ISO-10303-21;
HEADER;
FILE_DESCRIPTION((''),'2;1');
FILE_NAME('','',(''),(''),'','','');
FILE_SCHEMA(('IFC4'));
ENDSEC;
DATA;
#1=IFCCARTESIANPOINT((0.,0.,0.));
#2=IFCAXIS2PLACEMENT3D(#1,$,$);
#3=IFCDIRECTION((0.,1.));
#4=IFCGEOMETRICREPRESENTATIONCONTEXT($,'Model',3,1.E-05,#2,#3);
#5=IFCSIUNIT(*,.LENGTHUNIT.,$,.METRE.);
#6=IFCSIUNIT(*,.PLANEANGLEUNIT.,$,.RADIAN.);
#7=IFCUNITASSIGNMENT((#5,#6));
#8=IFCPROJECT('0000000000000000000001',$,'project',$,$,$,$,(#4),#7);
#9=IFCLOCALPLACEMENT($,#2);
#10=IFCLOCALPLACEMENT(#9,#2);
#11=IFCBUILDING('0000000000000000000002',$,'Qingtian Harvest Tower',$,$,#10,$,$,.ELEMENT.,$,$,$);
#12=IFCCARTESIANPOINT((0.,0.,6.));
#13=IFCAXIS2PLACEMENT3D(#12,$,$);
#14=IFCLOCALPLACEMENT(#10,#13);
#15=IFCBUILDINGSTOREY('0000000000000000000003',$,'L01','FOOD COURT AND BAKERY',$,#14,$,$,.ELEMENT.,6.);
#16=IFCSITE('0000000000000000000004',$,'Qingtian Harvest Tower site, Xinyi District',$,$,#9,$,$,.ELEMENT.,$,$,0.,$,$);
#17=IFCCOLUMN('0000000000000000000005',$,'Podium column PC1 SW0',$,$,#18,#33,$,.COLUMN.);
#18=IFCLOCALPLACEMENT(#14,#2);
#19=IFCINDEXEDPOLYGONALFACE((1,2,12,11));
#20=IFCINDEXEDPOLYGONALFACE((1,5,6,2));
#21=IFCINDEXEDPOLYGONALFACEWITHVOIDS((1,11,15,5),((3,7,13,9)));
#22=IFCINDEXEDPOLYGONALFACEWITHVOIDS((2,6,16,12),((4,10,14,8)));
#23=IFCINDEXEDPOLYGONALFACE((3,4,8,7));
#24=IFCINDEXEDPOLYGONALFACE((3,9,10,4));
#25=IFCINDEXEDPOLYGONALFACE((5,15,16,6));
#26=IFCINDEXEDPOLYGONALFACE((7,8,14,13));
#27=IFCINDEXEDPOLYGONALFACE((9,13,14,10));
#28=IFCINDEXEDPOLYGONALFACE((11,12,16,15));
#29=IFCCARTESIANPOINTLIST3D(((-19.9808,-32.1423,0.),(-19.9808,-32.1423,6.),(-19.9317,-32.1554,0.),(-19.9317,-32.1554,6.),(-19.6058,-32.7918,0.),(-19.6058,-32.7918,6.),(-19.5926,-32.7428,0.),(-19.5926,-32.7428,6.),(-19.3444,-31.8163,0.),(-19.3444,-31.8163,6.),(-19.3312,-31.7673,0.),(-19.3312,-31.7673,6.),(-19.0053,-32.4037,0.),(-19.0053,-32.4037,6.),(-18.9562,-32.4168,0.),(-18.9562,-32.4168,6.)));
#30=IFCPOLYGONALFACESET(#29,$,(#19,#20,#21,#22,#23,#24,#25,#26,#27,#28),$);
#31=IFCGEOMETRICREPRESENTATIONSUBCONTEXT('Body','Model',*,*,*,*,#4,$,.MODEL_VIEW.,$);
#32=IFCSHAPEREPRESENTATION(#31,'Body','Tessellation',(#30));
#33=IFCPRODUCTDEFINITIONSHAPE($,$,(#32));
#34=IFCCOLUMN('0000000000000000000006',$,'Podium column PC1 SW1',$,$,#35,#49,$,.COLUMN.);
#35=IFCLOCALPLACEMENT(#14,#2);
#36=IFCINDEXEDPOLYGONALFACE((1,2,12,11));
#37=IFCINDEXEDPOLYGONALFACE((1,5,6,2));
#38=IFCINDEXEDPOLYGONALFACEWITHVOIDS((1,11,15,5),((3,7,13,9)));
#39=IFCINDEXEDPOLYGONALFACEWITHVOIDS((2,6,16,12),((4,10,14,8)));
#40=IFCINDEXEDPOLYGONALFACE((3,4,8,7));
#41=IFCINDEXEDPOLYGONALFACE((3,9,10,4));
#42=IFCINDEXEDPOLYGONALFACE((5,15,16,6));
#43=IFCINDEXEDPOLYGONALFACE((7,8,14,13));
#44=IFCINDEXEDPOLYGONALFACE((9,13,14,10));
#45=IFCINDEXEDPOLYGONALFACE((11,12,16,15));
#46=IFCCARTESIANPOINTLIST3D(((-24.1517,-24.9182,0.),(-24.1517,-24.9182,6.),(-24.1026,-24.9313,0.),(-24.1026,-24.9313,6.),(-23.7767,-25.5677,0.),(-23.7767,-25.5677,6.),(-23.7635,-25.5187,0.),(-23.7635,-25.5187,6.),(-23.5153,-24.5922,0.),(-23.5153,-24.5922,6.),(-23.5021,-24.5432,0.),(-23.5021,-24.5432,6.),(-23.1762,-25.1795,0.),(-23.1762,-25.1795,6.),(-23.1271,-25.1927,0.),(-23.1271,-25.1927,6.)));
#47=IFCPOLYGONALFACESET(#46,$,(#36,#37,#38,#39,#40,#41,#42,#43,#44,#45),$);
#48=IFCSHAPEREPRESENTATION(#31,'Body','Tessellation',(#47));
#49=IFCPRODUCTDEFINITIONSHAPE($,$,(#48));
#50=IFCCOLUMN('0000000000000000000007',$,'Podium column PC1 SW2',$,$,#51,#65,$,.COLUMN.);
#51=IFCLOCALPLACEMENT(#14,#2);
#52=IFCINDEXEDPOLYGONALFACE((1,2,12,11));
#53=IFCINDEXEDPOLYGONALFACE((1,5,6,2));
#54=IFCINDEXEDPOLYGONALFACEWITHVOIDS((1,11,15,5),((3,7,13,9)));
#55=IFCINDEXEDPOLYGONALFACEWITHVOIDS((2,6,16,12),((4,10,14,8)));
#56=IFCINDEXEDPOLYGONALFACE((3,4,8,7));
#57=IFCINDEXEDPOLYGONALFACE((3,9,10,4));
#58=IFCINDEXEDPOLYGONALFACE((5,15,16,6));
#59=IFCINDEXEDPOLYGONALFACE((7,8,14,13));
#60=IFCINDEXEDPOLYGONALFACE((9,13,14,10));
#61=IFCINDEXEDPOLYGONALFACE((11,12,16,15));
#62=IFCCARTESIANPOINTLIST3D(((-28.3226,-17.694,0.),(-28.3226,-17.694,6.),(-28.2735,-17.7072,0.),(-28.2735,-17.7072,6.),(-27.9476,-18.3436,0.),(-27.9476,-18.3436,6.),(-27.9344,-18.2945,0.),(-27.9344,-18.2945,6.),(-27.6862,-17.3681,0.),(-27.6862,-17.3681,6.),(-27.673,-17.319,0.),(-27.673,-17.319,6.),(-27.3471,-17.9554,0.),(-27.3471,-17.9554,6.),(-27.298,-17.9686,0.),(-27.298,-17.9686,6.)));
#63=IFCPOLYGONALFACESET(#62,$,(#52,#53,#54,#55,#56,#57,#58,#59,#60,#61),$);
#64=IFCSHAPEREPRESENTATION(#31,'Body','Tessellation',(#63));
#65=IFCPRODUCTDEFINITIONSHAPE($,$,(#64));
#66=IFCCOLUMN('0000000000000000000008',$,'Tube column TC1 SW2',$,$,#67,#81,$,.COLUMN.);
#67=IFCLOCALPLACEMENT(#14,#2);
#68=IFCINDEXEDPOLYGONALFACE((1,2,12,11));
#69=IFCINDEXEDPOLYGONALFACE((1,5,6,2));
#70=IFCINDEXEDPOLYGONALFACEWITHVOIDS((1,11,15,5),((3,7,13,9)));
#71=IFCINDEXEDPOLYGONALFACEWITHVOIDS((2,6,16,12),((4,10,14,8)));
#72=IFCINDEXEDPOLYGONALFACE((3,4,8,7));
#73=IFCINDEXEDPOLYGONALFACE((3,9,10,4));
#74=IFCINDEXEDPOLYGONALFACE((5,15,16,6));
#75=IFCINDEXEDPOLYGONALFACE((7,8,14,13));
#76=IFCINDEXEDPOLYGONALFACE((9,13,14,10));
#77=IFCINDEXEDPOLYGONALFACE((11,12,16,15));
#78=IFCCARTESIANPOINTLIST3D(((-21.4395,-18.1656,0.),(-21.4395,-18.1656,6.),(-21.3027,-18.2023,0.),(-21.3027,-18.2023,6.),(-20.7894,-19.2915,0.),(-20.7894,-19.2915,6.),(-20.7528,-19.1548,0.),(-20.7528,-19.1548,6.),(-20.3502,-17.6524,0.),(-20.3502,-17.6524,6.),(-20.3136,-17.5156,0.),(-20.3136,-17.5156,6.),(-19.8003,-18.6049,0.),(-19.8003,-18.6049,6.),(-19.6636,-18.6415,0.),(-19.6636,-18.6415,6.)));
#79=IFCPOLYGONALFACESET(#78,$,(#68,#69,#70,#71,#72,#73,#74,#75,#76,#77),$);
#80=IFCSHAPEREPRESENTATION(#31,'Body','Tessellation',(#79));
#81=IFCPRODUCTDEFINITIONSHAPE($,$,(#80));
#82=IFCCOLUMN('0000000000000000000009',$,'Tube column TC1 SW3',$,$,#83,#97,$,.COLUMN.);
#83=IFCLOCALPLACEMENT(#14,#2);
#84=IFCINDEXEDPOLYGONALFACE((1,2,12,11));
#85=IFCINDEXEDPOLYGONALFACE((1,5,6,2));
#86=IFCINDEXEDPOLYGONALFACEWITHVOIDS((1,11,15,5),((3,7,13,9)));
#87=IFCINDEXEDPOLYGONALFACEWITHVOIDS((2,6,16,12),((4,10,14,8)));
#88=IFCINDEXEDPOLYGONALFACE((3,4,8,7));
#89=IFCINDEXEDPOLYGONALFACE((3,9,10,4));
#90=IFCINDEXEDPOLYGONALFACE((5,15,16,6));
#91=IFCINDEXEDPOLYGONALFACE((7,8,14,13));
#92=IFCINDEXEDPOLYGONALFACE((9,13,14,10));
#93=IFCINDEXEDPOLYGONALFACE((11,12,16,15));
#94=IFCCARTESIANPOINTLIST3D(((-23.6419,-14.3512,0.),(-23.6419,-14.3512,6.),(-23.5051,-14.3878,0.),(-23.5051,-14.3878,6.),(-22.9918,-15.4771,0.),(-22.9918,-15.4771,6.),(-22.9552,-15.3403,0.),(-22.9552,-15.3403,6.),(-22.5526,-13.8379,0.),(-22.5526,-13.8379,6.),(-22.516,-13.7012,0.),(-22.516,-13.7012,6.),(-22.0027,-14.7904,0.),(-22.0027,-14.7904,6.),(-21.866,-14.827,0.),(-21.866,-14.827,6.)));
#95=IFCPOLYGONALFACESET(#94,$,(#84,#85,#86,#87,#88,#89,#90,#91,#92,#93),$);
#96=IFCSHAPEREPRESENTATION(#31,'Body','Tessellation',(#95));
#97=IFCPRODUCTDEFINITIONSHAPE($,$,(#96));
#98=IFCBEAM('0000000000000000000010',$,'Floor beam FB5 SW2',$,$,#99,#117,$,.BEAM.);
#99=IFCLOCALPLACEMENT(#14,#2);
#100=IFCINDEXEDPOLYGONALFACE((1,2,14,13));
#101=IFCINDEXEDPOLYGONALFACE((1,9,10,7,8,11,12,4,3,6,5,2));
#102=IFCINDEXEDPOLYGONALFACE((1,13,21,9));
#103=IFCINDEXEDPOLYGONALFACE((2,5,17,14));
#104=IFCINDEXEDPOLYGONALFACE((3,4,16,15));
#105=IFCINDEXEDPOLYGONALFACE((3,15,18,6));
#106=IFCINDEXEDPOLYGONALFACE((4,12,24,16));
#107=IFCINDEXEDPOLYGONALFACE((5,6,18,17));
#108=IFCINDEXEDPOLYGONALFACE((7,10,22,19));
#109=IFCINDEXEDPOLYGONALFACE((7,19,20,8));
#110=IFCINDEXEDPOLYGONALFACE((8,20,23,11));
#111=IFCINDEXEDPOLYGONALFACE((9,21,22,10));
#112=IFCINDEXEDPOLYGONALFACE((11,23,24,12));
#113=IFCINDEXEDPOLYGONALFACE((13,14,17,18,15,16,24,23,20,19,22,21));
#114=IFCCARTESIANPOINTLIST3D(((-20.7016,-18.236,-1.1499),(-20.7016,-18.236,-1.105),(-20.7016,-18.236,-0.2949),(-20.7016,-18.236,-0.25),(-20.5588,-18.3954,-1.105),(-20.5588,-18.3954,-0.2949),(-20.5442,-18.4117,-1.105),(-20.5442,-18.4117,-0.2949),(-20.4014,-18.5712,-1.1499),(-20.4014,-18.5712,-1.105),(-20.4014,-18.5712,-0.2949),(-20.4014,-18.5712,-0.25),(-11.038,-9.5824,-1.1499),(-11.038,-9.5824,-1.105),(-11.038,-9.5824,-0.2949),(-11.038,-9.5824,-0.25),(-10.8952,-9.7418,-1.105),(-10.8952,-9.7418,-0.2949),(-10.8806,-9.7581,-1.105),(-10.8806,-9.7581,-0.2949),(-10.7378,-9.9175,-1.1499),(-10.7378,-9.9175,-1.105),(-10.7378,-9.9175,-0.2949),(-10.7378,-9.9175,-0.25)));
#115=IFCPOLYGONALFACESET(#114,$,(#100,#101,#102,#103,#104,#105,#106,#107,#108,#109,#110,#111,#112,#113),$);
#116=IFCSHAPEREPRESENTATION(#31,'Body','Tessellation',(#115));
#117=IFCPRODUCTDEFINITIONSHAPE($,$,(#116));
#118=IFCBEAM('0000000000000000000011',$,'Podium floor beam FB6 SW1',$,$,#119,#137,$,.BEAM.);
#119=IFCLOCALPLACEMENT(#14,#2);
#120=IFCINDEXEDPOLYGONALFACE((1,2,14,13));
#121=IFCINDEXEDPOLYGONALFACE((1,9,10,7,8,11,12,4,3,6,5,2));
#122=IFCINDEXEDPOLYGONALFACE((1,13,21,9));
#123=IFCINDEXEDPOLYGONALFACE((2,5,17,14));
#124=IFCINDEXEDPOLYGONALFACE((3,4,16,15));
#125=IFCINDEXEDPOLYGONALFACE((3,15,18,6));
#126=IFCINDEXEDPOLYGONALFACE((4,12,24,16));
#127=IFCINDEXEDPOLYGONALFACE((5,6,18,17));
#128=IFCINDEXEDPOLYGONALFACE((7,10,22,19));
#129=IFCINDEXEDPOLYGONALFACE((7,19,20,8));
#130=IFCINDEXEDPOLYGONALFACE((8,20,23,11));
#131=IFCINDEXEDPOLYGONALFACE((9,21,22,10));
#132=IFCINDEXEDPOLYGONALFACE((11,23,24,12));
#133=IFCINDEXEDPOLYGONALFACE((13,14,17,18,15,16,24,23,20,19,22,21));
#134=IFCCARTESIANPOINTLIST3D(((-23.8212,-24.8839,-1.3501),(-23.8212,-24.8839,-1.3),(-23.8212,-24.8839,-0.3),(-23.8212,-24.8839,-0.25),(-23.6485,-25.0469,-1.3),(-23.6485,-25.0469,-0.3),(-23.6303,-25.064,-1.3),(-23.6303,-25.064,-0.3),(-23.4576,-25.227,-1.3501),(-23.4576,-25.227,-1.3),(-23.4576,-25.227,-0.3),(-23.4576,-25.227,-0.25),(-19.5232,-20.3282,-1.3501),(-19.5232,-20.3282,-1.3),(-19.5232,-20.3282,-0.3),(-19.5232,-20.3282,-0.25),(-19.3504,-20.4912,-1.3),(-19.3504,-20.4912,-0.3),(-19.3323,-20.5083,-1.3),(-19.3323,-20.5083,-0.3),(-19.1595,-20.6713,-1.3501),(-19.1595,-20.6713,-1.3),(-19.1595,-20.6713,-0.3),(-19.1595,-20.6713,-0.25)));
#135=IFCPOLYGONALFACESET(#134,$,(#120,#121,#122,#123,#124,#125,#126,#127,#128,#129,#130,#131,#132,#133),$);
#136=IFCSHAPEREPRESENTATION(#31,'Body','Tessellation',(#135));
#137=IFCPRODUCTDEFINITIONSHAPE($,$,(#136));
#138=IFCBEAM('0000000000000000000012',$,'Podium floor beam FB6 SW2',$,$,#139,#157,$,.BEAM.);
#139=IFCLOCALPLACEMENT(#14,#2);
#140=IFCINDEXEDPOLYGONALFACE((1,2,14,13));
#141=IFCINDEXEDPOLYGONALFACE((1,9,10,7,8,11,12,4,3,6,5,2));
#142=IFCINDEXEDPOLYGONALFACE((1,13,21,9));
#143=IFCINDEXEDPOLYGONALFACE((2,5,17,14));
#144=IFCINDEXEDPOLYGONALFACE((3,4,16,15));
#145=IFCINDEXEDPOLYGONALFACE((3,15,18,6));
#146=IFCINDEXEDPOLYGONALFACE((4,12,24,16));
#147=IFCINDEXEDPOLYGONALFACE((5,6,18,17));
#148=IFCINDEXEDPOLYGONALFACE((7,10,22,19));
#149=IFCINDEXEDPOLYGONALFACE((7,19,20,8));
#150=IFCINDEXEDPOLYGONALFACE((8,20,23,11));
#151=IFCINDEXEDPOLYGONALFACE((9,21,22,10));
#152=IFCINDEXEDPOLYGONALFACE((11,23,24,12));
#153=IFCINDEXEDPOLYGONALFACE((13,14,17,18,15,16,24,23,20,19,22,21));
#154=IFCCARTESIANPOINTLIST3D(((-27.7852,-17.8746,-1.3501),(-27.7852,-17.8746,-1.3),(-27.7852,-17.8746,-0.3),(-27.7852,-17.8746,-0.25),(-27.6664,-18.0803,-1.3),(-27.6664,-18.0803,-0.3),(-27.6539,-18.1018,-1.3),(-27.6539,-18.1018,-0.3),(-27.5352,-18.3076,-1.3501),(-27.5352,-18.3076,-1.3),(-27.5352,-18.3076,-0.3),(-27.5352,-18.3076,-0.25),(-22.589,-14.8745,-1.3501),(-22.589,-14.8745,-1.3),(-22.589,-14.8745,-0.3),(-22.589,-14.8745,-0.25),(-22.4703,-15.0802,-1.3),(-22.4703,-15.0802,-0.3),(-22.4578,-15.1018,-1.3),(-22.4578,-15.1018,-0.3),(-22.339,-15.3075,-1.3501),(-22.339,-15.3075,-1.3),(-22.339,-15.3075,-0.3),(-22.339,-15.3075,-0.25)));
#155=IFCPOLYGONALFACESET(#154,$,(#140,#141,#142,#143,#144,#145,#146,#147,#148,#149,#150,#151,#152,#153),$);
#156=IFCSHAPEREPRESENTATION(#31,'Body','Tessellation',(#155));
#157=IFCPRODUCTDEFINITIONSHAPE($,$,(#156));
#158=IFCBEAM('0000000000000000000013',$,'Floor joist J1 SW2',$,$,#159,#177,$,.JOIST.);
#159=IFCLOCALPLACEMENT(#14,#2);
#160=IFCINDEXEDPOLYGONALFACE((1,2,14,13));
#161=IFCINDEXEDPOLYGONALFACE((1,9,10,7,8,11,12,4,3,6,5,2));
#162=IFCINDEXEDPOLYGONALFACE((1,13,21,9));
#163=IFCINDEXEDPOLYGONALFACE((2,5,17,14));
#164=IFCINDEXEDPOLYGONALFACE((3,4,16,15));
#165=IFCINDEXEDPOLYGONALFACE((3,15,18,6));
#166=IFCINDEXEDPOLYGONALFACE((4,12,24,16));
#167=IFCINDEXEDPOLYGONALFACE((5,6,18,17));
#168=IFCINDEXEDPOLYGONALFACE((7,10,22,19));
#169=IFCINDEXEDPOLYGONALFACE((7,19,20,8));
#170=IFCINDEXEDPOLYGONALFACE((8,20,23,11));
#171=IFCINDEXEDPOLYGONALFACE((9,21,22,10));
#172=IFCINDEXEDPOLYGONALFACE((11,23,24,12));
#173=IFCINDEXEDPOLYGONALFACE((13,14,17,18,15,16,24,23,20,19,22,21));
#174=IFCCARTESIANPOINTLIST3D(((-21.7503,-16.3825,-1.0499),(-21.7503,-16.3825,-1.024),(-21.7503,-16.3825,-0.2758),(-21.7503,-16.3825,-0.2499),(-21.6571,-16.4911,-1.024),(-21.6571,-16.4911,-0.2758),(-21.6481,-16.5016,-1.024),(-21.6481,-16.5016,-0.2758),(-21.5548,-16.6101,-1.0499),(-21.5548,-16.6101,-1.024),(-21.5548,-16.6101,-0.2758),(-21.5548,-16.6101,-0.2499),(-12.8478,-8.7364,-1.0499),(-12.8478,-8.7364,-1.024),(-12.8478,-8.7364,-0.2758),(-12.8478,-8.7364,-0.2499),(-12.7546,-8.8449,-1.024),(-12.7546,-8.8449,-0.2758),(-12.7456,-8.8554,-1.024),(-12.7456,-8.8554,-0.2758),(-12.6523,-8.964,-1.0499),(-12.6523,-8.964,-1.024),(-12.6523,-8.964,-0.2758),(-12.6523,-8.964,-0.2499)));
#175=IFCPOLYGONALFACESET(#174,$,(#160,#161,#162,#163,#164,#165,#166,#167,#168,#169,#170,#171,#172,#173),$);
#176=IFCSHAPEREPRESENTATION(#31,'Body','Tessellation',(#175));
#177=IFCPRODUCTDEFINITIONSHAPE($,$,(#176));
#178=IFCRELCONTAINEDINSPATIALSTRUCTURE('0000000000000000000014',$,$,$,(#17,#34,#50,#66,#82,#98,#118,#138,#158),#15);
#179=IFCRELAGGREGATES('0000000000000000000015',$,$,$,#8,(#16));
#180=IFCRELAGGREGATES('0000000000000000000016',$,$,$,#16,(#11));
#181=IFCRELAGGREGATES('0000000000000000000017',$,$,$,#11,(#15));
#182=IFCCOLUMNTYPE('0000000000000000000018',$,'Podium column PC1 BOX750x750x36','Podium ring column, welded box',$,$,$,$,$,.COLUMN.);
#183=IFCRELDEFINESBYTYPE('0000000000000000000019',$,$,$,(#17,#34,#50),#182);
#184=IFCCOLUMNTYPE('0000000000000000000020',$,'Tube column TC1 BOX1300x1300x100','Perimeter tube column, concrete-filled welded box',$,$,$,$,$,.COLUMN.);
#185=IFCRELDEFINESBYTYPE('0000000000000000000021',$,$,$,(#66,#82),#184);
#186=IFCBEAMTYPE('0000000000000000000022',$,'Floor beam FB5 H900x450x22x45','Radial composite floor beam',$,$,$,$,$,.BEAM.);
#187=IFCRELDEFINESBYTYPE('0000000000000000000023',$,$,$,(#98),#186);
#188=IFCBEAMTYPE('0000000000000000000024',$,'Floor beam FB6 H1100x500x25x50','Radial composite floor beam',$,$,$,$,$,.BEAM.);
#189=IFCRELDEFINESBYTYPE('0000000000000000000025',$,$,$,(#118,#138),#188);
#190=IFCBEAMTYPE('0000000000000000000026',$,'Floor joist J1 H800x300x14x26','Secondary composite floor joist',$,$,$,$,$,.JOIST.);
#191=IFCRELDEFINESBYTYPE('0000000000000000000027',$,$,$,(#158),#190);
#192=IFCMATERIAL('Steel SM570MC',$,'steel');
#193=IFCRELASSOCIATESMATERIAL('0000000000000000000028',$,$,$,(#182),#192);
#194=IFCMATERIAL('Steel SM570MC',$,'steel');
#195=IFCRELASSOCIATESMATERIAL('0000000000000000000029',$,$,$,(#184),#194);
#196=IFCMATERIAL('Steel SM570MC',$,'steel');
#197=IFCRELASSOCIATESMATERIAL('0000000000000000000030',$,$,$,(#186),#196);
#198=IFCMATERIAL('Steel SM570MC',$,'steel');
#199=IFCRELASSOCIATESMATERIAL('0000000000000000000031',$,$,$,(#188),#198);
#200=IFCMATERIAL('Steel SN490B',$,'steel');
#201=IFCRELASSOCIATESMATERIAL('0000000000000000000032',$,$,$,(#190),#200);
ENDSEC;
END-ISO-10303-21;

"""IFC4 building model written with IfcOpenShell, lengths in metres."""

from ifc_helpers import new_model, si_unit, direction, frame, origin, origin_2d, place, context, subcontext, project, spatial, hollow_rectangle, i_section, extrude, material, material_profile, profile_set, type_object, element, save


model = new_model("IFC4")

# Units and contexts
model_context = context("Model", 3, precision=1e-05, world=origin(), true_north=direction((0.0, 1.0)))
body_context = subcontext(model_context, "Body", "Model", "MODEL_VIEW")
ifc_project = project(units=[si_unit("LENGTHUNIT", "METRE"), si_unit("PLANEANGLEUNIT", "RADIAN")], contexts=[model_context])

# Site, building, storey
site_placement = place(None, origin())
site = spatial("IfcSite", under=ifc_project, at=site_placement, Name="Qingtian Harvest Tower site, Xinyi District", CompositionType="ELEMENT", RefElevation=0.0)
building_placement = place(site_placement, origin())
building = spatial("IfcBuilding", under=site, at=building_placement, Name="Qingtian Harvest Tower", CompositionType="ELEMENT")
storey_placement = place(building_placement, frame((0.0, 0.0, 6.0)))
storey = spatial("IfcBuildingStorey", under=building, at=storey_placement, Name="L01", Description="FOOD COURT AND BAKERY", CompositionType="ELEMENT", Elevation=6.0)

# Columns
ifc_material_1 = material(Name="Steel SM570MC", Category="steel")
ifc_material_profile_1 = material_profile(ifc_material_1, hollow_rectangle(XDim=0.75, YDim=0.75, WallThickness=0.0359, at=origin_2d()), Name="BOX750x750x36")
ifc_profile_set_1 = profile_set([ifc_material_profile_1], Name="Steel SM570MC")
column_type_1 = type_object("IfcColumnType", Name="Podium column PC1 BOX750x750x36", Description="Podium ring column, welded box", PredefinedType="COLUMN", material=ifc_profile_set_1)
for number, where, z_axis, x_axis, name in (
    (1, (-19.4685, -32.2795, 0.0), (0.0, 0.0, 1.0), (0.5, -0.866025, 0.0), "Podium column PC1 SW0"),
    (2, (-23.6394, -25.0554, 0.0), (0.0, 0.0, 1.0), (0.5, -0.866025, 0.0), "Podium column PC1 SW1"),
    (3, (-27.8103, -17.8313, 0.0), (0.0, 0.0, 1.0), (0.5, -0.866025, 0.0), "Podium column PC1 SW2"),
):
    element("IfcColumn", number, at=place(storey_placement, frame(where, z_axis=z_axis, x_axis=x_axis)), inside=storey, type_object=column_type_1, Name=name, PredefinedType="COLUMN", context=body_context, shape_type="SweptSolid", body=[
        extrude(hollow_rectangle(XDim=0.75, YDim=0.75, WallThickness=0.0359, at=origin_2d()), origin(), (0.0, 0.0, 1.0), 6.0),
    ])
ifc_material_2 = material(Name="Steel SM570MC", Category="steel")
ifc_material_profile_2 = material_profile(ifc_material_2, hollow_rectangle(XDim=1.3, YDim=1.3, WallThickness=0.1001, at=origin_2d()), Name="BOX1300x1300x100")
ifc_profile_set_2 = profile_set([ifc_material_profile_2], Name="Steel SM570MC")
column_type_2 = type_object("IfcColumnType", Name="Tube column TC1 BOX1300x1300x100", Description="Perimeter tube column, concrete-filled welded box", PredefinedType="COLUMN", material=ifc_profile_set_2)
for number, where, z_axis, x_axis, name in (
    (4, (-20.5515, -18.4036, 0.0), (0.0, 0.0, 1.0), (0.5, -0.866025, 0.0), "Tube column TC1 SW2"),
    (5, (-22.7539, -14.5891, 0.0), (0.0, 0.0, 1.0), (0.5, -0.866025, 0.0), "Tube column TC1 SW3"),
):
    element("IfcColumn", number, at=place(storey_placement, frame(where, z_axis=z_axis, x_axis=x_axis)), inside=storey, type_object=column_type_2, Name=name, PredefinedType="COLUMN", context=body_context, shape_type="SweptSolid", body=[
        extrude(hollow_rectangle(XDim=1.3, YDim=1.3, WallThickness=0.1001, at=origin_2d()), origin(), (0.0, 0.0, 1.0), 6.0),
    ])

# Beams
ifc_material_3 = material(Name="Steel SM570MC", Category="steel")
ifc_material_profile_3 = material_profile(ifc_material_3, i_section(OverallWidth=0.45, OverallDepth=0.8999, WebThickness=0.022, FlangeThickness=0.0449, at=origin_2d()), Name="H900x450x22x45")
ifc_profile_set_3 = profile_set([ifc_material_profile_3], Name="Steel SM570MC")
beam_type_1 = type_object("IfcBeamType", Name="Floor beam FB5 H900x450x22x45", Description="Radial composite floor beam", PredefinedType="BEAM", material=ifc_profile_set_3)
beam_1_placement = place(storey_placement, frame((-20.5515, -18.4036, -0.7), z_axis=(0.744965, 0.667103, 0.0), x_axis=(-0.667103, 0.744965, 0.0)))
element("IfcBeam", 6, at=beam_1_placement, inside=storey, type_object=beam_type_1, Name="Floor beam FB5 SW2", PredefinedType="BEAM", context=body_context, shape_type="SweptSolid", body=[
    extrude(i_section(OverallWidth=0.45, OverallDepth=0.8999, WebThickness=0.022, FlangeThickness=0.0449, at=origin_2d()), origin(), (0.0, 0.0, 1.0), 12.9719),
])
ifc_material_4 = material(Name="Steel SM570MC", Category="steel")
ifc_material_profile_4 = material_profile(ifc_material_4, i_section(OverallWidth=0.5, OverallDepth=1.1001, WebThickness=0.0249, FlangeThickness=0.05, at=origin_2d()), Name="H1100x500x25x50")
ifc_profile_set_4 = profile_set([ifc_material_profile_4], Name="Steel SM570MC")
beam_type_2 = type_object("IfcBeamType", Name="Floor beam FB6 H1100x500x25x50", Description="Radial composite floor beam", PredefinedType="BEAM", material=ifc_profile_set_4)
beam_2_placement = place(storey_placement, frame((-23.6394, -25.0554, -0.8), z_axis=(0.686246, 0.72737, 0.0), x_axis=(-0.72737, 0.686246, 0.0)))
element("IfcBeam", 7, at=beam_2_placement, inside=storey, type_object=beam_type_2, Name="Podium floor beam FB6 SW1", PredefinedType="BEAM", context=body_context, shape_type="SweptSolid", body=[
    extrude(i_section(OverallWidth=0.5, OverallDepth=1.1001, WebThickness=0.0249, FlangeThickness=0.05, at=origin_2d()), origin(), (0.0, 0.0, 1.0), 6.2632),
])
beam_3_placement = place(storey_placement, frame((-27.6602, -18.0911, -0.8), z_axis=(0.866021, 0.500008, 0.0), x_axis=(-0.500008, 0.866021, 0.0)))
element("IfcBeam", 8, at=beam_3_placement, inside=storey, type_object=beam_type_2, Name="Podium floor beam FB6 SW2", PredefinedType="BEAM", context=body_context, shape_type="SweptSolid", body=[
    extrude(i_section(OverallWidth=0.5, OverallDepth=1.1001, WebThickness=0.0249, FlangeThickness=0.05, at=origin_2d()), origin(), (0.0, 0.0, 1.0), 6.0),
])
ifc_material_5 = material(Name="Steel SN490B", Category="steel")
ifc_material_profile_5 = material_profile(ifc_material_5, i_section(OverallWidth=0.3, OverallDepth=0.8, WebThickness=0.0139, FlangeThickness=0.0259, at=origin_2d()), Name="H800x300x14x26")
ifc_profile_set_5 = profile_set([ifc_material_profile_5], Name="Steel SN490B")
beam_type_3 = type_object("IfcBeamType", Name="Floor joist J1 H800x300x14x26", Description="Secondary composite floor joist", PredefinedType="JOIST", material=ifc_profile_set_5)
beam_4_placement = place(storey_placement, frame((-21.6526, -16.4963, -0.6499), z_axis=(0.758606, 0.65155, 0.0), x_axis=(-0.65155, 0.758606, 0.0)))
element("IfcBeam", 9, at=beam_4_placement, inside=storey, type_object=beam_type_3, Name="Floor joist J1 SW2", PredefinedType="JOIST", context=body_context, shape_type="SweptSolid", body=[
    extrude(i_section(OverallWidth=0.3, OverallDepth=0.8, WebThickness=0.0139, FlangeThickness=0.0259, at=origin_2d()), origin(), (0.0, 0.0, 1.0), 11.7354),
])

save(model, "model.ifc")
